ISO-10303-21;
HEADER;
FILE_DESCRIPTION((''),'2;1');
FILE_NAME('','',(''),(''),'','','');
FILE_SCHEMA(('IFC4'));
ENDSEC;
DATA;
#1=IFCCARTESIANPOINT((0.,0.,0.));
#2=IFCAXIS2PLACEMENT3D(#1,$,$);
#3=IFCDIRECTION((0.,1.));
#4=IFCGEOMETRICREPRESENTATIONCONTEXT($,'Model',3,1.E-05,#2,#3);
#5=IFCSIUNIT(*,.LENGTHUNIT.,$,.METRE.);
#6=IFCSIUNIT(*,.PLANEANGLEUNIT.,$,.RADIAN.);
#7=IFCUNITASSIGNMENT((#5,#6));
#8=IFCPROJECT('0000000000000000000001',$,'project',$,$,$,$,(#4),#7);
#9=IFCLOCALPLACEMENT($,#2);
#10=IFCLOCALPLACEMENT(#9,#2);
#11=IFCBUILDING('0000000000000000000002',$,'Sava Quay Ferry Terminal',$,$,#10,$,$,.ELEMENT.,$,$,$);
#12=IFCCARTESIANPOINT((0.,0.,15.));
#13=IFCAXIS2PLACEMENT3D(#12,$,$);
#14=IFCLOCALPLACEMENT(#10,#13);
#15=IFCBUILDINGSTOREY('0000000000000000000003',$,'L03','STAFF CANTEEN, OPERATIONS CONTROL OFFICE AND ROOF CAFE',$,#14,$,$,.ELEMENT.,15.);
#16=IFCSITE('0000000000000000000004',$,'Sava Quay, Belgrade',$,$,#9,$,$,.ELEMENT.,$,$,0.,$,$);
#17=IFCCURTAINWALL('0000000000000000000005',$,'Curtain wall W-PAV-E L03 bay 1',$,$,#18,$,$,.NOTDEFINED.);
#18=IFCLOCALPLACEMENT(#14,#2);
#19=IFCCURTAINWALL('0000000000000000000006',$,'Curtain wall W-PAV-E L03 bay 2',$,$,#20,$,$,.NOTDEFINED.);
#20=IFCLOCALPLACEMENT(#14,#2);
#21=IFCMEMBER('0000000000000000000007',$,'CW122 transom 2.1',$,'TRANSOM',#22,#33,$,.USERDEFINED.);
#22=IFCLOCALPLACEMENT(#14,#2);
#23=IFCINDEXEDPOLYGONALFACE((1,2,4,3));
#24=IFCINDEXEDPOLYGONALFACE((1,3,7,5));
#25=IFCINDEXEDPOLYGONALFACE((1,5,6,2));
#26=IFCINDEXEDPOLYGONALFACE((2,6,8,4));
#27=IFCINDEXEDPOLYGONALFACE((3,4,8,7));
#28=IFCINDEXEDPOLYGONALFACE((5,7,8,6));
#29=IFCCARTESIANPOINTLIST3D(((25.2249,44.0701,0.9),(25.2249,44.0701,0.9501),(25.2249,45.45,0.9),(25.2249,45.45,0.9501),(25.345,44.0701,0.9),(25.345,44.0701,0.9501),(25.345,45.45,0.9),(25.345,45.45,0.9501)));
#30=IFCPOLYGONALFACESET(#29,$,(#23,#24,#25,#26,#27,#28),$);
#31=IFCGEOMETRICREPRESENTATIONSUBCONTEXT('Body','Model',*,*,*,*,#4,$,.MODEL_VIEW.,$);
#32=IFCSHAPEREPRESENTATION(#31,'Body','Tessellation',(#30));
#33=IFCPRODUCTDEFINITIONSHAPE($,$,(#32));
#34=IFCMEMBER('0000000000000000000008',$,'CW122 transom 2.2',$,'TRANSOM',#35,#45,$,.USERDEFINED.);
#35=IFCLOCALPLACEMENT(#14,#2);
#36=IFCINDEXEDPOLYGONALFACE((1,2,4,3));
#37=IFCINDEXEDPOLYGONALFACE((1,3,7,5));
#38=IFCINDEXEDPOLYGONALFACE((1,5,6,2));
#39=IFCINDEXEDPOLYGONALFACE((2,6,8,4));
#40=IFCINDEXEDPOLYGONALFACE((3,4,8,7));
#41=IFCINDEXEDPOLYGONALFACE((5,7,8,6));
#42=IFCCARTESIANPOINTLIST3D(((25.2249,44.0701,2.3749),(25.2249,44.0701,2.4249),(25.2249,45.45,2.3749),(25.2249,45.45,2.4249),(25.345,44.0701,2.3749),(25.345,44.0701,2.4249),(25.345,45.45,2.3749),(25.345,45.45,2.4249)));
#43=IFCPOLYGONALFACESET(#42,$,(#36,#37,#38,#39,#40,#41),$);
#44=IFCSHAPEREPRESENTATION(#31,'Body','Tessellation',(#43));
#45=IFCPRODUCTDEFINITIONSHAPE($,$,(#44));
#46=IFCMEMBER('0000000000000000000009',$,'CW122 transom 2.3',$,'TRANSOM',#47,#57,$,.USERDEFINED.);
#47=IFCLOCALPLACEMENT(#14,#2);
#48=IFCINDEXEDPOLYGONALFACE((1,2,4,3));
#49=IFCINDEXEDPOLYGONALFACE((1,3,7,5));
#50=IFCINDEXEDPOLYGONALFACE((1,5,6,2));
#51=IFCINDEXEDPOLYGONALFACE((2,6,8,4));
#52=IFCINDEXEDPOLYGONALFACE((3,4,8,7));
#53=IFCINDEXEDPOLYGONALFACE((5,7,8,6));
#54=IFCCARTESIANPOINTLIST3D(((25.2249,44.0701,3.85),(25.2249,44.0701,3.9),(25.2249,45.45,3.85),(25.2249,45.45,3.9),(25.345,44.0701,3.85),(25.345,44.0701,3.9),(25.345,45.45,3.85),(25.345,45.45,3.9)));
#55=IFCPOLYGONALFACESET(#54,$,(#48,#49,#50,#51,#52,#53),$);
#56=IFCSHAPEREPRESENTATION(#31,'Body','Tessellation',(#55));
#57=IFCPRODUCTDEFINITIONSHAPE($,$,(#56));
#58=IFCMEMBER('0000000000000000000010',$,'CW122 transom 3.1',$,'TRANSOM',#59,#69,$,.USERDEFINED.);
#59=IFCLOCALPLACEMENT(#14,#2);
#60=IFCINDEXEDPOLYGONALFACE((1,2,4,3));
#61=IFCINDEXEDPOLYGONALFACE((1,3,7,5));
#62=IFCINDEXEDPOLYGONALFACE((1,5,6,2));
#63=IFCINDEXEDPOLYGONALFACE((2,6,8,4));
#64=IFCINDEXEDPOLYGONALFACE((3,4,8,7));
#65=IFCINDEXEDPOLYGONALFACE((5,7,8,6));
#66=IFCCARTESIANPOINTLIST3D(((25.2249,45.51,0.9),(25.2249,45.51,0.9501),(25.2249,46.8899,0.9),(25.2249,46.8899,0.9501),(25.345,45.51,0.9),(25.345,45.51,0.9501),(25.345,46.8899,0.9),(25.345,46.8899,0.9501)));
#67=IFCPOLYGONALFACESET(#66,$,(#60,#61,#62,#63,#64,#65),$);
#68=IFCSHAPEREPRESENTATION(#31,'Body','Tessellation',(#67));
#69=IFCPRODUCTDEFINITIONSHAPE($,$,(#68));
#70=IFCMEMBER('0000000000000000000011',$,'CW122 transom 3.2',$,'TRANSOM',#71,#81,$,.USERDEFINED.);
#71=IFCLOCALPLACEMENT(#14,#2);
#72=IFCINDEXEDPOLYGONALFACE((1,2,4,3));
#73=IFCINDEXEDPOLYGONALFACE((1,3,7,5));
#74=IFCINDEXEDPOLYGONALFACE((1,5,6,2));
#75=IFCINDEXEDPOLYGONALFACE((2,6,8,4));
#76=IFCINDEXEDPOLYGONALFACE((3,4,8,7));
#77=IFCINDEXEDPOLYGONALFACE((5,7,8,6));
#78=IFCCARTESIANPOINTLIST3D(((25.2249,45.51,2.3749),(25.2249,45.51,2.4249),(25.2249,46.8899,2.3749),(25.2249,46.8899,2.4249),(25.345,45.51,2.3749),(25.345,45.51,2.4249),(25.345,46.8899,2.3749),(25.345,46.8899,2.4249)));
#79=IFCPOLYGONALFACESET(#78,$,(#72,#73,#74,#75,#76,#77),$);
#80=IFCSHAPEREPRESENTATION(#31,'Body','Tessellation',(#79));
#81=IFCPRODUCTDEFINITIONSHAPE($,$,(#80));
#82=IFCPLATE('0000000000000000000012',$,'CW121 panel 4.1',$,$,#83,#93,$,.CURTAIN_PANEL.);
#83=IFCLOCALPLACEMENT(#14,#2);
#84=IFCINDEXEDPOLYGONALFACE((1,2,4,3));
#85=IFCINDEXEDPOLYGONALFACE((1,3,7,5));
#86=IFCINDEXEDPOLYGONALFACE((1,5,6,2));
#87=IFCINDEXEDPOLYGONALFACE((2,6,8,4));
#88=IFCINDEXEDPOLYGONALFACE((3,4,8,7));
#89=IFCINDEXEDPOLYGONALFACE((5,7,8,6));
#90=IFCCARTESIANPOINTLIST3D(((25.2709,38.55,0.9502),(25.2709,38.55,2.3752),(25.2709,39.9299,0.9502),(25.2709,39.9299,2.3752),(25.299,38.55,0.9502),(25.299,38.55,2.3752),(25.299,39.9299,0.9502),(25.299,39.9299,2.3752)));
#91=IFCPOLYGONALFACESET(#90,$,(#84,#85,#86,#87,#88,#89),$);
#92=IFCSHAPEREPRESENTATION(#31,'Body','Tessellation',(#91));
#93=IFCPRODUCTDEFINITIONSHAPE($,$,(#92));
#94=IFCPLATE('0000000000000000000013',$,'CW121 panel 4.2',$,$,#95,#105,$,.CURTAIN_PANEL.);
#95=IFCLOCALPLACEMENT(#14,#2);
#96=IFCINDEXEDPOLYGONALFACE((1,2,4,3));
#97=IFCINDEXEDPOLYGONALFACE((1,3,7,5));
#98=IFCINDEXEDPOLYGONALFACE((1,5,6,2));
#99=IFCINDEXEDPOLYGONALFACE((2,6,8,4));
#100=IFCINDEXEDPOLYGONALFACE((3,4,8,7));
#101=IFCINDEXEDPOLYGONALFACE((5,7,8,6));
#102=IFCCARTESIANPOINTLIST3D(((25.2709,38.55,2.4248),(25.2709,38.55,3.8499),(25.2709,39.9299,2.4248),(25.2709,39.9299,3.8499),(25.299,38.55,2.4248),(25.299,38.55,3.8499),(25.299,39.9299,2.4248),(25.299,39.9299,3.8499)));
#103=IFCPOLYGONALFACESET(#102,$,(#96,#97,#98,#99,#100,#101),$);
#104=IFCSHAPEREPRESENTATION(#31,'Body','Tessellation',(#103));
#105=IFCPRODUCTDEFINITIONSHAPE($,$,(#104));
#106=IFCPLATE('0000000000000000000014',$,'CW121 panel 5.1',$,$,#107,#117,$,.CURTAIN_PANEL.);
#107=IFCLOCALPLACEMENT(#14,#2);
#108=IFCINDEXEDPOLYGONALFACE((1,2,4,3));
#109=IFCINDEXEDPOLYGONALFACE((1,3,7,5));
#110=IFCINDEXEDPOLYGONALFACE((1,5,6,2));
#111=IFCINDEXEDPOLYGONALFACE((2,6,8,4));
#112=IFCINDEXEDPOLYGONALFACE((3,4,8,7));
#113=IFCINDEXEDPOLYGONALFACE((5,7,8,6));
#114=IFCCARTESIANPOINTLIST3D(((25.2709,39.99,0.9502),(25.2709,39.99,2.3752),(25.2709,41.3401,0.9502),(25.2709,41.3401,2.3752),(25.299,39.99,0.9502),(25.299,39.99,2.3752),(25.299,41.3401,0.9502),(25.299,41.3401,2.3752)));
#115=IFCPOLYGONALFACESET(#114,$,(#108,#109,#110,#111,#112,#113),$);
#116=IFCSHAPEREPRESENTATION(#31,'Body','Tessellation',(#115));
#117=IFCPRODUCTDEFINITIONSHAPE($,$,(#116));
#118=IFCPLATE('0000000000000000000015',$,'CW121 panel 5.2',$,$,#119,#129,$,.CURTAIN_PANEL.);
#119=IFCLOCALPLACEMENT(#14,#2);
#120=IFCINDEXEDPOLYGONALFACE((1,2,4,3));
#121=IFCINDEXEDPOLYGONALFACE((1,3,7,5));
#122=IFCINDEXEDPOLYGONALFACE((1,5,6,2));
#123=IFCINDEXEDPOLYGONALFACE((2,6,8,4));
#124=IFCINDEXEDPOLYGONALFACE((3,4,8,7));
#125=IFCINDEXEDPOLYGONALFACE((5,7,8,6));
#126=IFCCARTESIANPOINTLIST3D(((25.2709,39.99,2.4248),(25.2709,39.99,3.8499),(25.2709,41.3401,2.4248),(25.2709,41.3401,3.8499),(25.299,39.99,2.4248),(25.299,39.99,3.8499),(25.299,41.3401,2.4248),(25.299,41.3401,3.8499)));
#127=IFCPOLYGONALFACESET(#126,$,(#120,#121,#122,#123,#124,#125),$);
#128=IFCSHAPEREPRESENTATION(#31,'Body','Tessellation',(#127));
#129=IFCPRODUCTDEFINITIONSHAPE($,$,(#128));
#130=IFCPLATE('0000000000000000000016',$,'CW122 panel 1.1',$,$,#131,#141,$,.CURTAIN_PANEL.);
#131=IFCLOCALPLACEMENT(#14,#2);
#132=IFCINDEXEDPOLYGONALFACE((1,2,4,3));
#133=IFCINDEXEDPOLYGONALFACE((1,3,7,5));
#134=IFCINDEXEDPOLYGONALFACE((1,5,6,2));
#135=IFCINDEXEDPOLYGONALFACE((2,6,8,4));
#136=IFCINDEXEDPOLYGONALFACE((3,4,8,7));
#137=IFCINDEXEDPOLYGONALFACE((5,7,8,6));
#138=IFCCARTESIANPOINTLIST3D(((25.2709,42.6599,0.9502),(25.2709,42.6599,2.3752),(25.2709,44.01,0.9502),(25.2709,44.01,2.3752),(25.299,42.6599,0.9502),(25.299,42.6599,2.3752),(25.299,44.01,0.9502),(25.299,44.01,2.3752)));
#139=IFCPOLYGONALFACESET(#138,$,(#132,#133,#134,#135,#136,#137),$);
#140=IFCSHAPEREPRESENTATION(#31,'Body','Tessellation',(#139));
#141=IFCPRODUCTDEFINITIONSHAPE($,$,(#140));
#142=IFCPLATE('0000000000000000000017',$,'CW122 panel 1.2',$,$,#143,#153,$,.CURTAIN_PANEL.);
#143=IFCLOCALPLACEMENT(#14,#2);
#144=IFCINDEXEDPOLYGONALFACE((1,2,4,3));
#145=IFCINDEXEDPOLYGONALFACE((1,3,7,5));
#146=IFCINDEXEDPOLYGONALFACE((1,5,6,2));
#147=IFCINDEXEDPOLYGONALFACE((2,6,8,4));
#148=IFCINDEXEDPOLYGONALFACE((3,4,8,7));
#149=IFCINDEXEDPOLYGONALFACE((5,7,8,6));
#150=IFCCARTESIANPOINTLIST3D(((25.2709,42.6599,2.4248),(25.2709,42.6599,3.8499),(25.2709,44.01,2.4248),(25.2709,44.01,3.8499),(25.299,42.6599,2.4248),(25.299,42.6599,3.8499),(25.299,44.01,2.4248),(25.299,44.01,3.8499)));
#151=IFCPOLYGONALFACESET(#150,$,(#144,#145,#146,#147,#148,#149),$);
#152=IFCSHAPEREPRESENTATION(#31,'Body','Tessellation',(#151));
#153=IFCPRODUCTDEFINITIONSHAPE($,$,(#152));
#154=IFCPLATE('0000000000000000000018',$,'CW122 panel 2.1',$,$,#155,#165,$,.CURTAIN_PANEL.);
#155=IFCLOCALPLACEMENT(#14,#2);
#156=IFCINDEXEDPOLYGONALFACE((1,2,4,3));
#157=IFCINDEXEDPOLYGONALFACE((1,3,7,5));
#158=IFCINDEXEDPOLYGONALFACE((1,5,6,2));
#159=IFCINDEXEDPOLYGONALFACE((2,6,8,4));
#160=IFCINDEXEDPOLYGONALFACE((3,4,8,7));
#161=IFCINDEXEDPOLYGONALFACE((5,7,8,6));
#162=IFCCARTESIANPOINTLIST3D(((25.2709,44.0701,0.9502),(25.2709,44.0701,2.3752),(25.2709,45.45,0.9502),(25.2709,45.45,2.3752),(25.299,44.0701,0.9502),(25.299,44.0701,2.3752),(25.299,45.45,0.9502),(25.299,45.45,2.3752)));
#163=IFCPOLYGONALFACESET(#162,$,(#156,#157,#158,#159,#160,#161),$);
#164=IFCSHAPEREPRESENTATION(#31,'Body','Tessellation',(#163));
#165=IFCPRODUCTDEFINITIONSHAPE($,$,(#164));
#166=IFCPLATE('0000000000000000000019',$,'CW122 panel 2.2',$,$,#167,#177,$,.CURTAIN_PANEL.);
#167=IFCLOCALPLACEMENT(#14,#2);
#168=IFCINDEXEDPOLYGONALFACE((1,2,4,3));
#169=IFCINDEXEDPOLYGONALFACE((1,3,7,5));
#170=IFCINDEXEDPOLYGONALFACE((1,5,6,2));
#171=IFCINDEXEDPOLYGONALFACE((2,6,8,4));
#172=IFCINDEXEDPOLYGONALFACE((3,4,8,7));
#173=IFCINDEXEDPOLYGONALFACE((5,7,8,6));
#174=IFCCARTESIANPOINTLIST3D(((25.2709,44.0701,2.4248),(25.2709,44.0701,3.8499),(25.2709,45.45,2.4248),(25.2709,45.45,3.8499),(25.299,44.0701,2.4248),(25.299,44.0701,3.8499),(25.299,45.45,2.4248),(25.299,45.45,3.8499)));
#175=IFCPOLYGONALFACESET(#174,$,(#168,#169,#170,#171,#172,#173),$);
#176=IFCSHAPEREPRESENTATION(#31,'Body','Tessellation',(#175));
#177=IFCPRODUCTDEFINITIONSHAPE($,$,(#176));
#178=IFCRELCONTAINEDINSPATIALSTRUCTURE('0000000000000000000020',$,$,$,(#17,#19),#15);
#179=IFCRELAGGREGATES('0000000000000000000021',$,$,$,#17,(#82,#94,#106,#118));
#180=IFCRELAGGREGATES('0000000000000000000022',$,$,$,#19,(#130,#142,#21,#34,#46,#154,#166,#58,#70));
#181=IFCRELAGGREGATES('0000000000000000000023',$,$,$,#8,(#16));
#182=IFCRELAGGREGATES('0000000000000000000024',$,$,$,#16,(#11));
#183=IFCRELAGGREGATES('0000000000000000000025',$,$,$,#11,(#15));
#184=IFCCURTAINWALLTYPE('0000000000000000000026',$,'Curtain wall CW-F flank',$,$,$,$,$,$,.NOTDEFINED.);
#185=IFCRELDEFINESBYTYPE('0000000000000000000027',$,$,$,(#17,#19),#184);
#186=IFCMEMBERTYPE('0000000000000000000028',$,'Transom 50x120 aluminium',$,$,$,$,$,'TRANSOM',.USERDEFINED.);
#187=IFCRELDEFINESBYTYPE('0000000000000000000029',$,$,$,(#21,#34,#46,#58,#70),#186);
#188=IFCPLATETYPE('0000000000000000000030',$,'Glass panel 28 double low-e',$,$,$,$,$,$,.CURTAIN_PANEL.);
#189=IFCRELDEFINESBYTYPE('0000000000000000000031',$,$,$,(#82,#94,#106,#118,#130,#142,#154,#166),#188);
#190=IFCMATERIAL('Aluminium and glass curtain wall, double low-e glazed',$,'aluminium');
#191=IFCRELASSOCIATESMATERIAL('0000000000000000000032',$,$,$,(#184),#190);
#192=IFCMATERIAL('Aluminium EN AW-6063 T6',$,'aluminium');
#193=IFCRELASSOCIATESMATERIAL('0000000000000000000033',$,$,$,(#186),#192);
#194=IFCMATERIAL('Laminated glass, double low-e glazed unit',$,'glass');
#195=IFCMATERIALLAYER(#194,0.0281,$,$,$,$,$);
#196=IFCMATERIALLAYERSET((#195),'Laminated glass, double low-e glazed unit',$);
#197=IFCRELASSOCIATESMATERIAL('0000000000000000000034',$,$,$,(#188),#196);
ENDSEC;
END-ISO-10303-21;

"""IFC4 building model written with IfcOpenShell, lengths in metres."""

from ifc_helpers import new_model, si_unit, direction, frame, origin, origin_2d, place, context, subcontext, project, spatial, rectangle, extrude, material, layer, layer_set, material_profile, profile_set, type_object, element, aggregate, save


model = new_model("IFC4")

# Units and contexts
model_context = context("Model", 3, precision=1e-05, world=origin(), true_north=direction((0.0, 1.0)))
body_context = subcontext(model_context, "Body", "Model", "MODEL_VIEW")
ifc_project = project(units=[si_unit("LENGTHUNIT", "METRE"), si_unit("PLANEANGLEUNIT", "RADIAN")], contexts=[model_context])

# Site, building, storey
site_placement = place(None, origin())
site = spatial("IfcSite", under=ifc_project, at=site_placement, Name="Sava Quay, Belgrade", CompositionType="ELEMENT", RefElevation=0.0)
building_placement = place(site_placement, origin())
building = spatial("IfcBuilding", under=site, at=building_placement, Name="Sava Quay Ferry Terminal", CompositionType="ELEMENT")
storey_placement = place(building_placement, frame((0.0, 0.0, 15.0)))
storey = spatial("IfcBuildingStorey", under=building, at=storey_placement, Name="L03", Description="STAFF CANTEEN, OPERATIONS CONTROL OFFICE AND ROOF CAFE", CompositionType="ELEMENT", Elevation=15.0)

# Curtain walls
ifc_material_1 = material(Name="Aluminium and glass curtain wall, double low-e glazed", Category="aluminium")
curtain_wall_type = type_object("IfcCurtainWallType", Name="Curtain wall CW-F flank", PredefinedType="NOTDEFINED", material=ifc_material_1)
curtain_wall_1_placement = place(storey_placement, origin())
curtain_wall_1 = element("IfcCurtainWall", 1, at=curtain_wall_1_placement, inside=storey, type_object=curtain_wall_type, Name="Curtain wall W-PAV-E L03 bay 1", PredefinedType="NOTDEFINED")
curtain_wall_2_placement = place(storey_placement, origin())
curtain_wall_2 = element("IfcCurtainWall", 2, at=curtain_wall_2_placement, inside=storey, type_object=curtain_wall_type, Name="Curtain wall W-PAV-E L03 bay 2", PredefinedType="NOTDEFINED")

# Members
ifc_material_2 = material(Name="Aluminium EN AW-6063 T6", Category="aluminium")
ifc_material_profile_1 = material_profile(ifc_material_2, rectangle(XDim=0.1201, YDim=0.05, at=origin_2d()), Name="Transom 50x120 aluminium")
ifc_profile_set_1 = profile_set([ifc_material_profile_1], Name="Aluminium EN AW-6063 T6")
member_type_1 = type_object("IfcMemberType", Name="Transom 50x120 aluminium", ElementType="TRANSOM", PredefinedType="USERDEFINED", material=ifc_profile_set_1)
member_1_placement = place(storey_placement, frame((25.2849, 44.0701, 0.925), z_axis=(0.0, 1.0, 0.0), x_axis=(-1.0, 0.0, 0.0)))
member_1 = element("IfcMember", 3, at=member_1_placement, type_object=member_type_1, Name="CW122 transom 2.1", ObjectType="TRANSOM", PredefinedType="USERDEFINED", context=body_context, shape_type="SweptSolid", body=[
    extrude(rectangle(XDim=0.1201, YDim=0.05, at=origin_2d()), origin(), (0.0, 0.0, 1.0), 1.3799),
])
member_2_placement = place(storey_placement, frame((25.2849, 44.0701, 2.3999), z_axis=(0.0, 1.0, 0.0), x_axis=(-1.0, 0.0, 0.0)))
member_2 = element("IfcMember", 4, at=member_2_placement, type_object=member_type_1, Name="CW122 transom 2.2", ObjectType="TRANSOM", PredefinedType="USERDEFINED", context=body_context, shape_type="SweptSolid", body=[
    extrude(rectangle(XDim=0.1201, YDim=0.05, at=origin_2d()), origin(), (0.0, 0.0, 1.0), 1.3799),
])
member_3_placement = place(storey_placement, frame((25.2849, 44.0701, 3.875), z_axis=(0.0, 1.0, 0.0), x_axis=(-1.0, 0.0, 0.0)))
member_3 = element("IfcMember", 5, at=member_3_placement, type_object=member_type_1, Name="CW122 transom 2.3", ObjectType="TRANSOM", PredefinedType="USERDEFINED", context=body_context, shape_type="SweptSolid", body=[
    extrude(rectangle(XDim=0.1201, YDim=0.05, at=origin_2d()), origin(), (0.0, 0.0, 1.0), 1.3799),
])
member_4_placement = place(storey_placement, frame((25.2849, 45.51, 0.925), z_axis=(0.0, 1.0, 0.0), x_axis=(-1.0, 0.0, 0.0)))
member_4 = element("IfcMember", 6, at=member_4_placement, type_object=member_type_1, Name="CW122 transom 3.1", ObjectType="TRANSOM", PredefinedType="USERDEFINED", context=body_context, shape_type="SweptSolid", body=[
    extrude(rectangle(XDim=0.1201, YDim=0.05, at=origin_2d()), origin(), (0.0, 0.0, 1.0), 1.3799),
])
member_5_placement = place(storey_placement, frame((25.2849, 45.51, 2.3999), z_axis=(0.0, 1.0, 0.0), x_axis=(-1.0, 0.0, 0.0)))
member_5 = element("IfcMember", 7, at=member_5_placement, type_object=member_type_1, Name="CW122 transom 3.2", ObjectType="TRANSOM", PredefinedType="USERDEFINED", context=body_context, shape_type="SweptSolid", body=[
    extrude(rectangle(XDim=0.1201, YDim=0.05, at=origin_2d()), origin(), (0.0, 0.0, 1.0), 1.3799),
])

# Plates
ifc_material_3 = material(Name="Laminated glass, double low-e glazed unit", Category="glass")
ifc_layer = layer(ifc_material_3, 0.0281)
ifc_layer_set = layer_set([ifc_layer], Name="Laminated glass, double low-e glazed unit")
plate_type = type_object("IfcPlateType", Name="Glass panel 28 double low-e", PredefinedType="CURTAIN_PANEL", material=ifc_layer_set)
plate_1_placement = place(storey_placement, frame((25.2849, 39.24, 0.9502), z_axis=(0.0, 0.0, 1.0), x_axis=(0.0, 1.0, 0.0)))
plate_1 = element("IfcPlate", 8, at=plate_1_placement, type_object=plate_type, Name="CW121 panel 4.1", PredefinedType="CURTAIN_PANEL", context=body_context, shape_type="SweptSolid", body=[
    extrude(rectangle(XDim=1.3799, YDim=0.0281, at=origin_2d()), origin(), (0.0, 0.0, 1.0), 1.425),
])
plate_2_placement = place(storey_placement, frame((25.2849, 39.24, 2.4248), z_axis=(0.0, 0.0, 1.0), x_axis=(0.0, 1.0, 0.0)))
plate_2 = element("IfcPlate", 9, at=plate_2_placement, type_object=plate_type, Name="CW121 panel 4.2", PredefinedType="CURTAIN_PANEL", context=body_context, shape_type="SweptSolid", body=[
    extrude(rectangle(XDim=1.3799, YDim=0.0281, at=origin_2d()), origin(), (0.0, 0.0, 1.0), 1.425),
])
plate_3_placement = place(storey_placement, frame((25.2849, 40.665, 0.9502), z_axis=(0.0, 0.0, 1.0), x_axis=(0.0, 1.0, 0.0)))
plate_3 = element("IfcPlate", 10, at=plate_3_placement, type_object=plate_type, Name="CW121 panel 5.1", PredefinedType="CURTAIN_PANEL", context=body_context, shape_type="SweptSolid", body=[
    extrude(rectangle(XDim=1.3501, YDim=0.0281, at=origin_2d()), origin(), (0.0, 0.0, 1.0), 1.425),
])
plate_4_placement = place(storey_placement, frame((25.2849, 40.665, 2.4248), z_axis=(0.0, 0.0, 1.0), x_axis=(0.0, 1.0, 0.0)))
plate_4 = element("IfcPlate", 11, at=plate_4_placement, type_object=plate_type, Name="CW121 panel 5.2", PredefinedType="CURTAIN_PANEL", context=body_context, shape_type="SweptSolid", body=[
    extrude(rectangle(XDim=1.3501, YDim=0.0281, at=origin_2d()), origin(), (0.0, 0.0, 1.0), 1.425),
])
aggregate(curtain_wall_1, [plate_1, plate_2, plate_3, plate_4])
plate_5_placement = place(storey_placement, frame((25.2849, 43.335, 0.9502), z_axis=(0.0, 0.0, 1.0), x_axis=(0.0, 1.0, 0.0)))
plate_5 = element("IfcPlate", 12, at=plate_5_placement, type_object=plate_type, Name="CW122 panel 1.1", PredefinedType="CURTAIN_PANEL", context=body_context, shape_type="SweptSolid", body=[
    extrude(rectangle(XDim=1.3501, YDim=0.0281, at=origin_2d()), origin(), (0.0, 0.0, 1.0), 1.425),
])
plate_6_placement = place(storey_placement, frame((25.2849, 43.335, 2.4248), z_axis=(0.0, 0.0, 1.0), x_axis=(0.0, 1.0, 0.0)))
plate_6 = element("IfcPlate", 13, at=plate_6_placement, type_object=plate_type, Name="CW122 panel 1.2", PredefinedType="CURTAIN_PANEL", context=body_context, shape_type="SweptSolid", body=[
    extrude(rectangle(XDim=1.3501, YDim=0.0281, at=origin_2d()), origin(), (0.0, 0.0, 1.0), 1.425),
])
plate_7_placement = place(storey_placement, frame((25.2849, 44.76, 0.9502), z_axis=(0.0, 0.0, 1.0), x_axis=(0.0, 1.0, 0.0)))
plate_7 = element("IfcPlate", 14, at=plate_7_placement, type_object=plate_type, Name="CW122 panel 2.1", PredefinedType="CURTAIN_PANEL", context=body_context, shape_type="SweptSolid", body=[
    extrude(rectangle(XDim=1.3799, YDim=0.0281, at=origin_2d()), origin(), (0.0, 0.0, 1.0), 1.425),
])
plate_8_placement = place(storey_placement, frame((25.2849, 44.76, 2.4248), z_axis=(0.0, 0.0, 1.0), x_axis=(0.0, 1.0, 0.0)))
plate_8 = element("IfcPlate", 15, at=plate_8_placement, type_object=plate_type, Name="CW122 panel 2.2", PredefinedType="CURTAIN_PANEL", context=body_context, shape_type="SweptSolid", body=[
    extrude(rectangle(XDim=1.3799, YDim=0.0281, at=origin_2d()), origin(), (0.0, 0.0, 1.0), 1.425),
])
aggregate(curtain_wall_2, [plate_5, plate_6, member_1, member_2, member_3, plate_7, plate_8, member_4, member_5])

save(model, "model.ifc")
